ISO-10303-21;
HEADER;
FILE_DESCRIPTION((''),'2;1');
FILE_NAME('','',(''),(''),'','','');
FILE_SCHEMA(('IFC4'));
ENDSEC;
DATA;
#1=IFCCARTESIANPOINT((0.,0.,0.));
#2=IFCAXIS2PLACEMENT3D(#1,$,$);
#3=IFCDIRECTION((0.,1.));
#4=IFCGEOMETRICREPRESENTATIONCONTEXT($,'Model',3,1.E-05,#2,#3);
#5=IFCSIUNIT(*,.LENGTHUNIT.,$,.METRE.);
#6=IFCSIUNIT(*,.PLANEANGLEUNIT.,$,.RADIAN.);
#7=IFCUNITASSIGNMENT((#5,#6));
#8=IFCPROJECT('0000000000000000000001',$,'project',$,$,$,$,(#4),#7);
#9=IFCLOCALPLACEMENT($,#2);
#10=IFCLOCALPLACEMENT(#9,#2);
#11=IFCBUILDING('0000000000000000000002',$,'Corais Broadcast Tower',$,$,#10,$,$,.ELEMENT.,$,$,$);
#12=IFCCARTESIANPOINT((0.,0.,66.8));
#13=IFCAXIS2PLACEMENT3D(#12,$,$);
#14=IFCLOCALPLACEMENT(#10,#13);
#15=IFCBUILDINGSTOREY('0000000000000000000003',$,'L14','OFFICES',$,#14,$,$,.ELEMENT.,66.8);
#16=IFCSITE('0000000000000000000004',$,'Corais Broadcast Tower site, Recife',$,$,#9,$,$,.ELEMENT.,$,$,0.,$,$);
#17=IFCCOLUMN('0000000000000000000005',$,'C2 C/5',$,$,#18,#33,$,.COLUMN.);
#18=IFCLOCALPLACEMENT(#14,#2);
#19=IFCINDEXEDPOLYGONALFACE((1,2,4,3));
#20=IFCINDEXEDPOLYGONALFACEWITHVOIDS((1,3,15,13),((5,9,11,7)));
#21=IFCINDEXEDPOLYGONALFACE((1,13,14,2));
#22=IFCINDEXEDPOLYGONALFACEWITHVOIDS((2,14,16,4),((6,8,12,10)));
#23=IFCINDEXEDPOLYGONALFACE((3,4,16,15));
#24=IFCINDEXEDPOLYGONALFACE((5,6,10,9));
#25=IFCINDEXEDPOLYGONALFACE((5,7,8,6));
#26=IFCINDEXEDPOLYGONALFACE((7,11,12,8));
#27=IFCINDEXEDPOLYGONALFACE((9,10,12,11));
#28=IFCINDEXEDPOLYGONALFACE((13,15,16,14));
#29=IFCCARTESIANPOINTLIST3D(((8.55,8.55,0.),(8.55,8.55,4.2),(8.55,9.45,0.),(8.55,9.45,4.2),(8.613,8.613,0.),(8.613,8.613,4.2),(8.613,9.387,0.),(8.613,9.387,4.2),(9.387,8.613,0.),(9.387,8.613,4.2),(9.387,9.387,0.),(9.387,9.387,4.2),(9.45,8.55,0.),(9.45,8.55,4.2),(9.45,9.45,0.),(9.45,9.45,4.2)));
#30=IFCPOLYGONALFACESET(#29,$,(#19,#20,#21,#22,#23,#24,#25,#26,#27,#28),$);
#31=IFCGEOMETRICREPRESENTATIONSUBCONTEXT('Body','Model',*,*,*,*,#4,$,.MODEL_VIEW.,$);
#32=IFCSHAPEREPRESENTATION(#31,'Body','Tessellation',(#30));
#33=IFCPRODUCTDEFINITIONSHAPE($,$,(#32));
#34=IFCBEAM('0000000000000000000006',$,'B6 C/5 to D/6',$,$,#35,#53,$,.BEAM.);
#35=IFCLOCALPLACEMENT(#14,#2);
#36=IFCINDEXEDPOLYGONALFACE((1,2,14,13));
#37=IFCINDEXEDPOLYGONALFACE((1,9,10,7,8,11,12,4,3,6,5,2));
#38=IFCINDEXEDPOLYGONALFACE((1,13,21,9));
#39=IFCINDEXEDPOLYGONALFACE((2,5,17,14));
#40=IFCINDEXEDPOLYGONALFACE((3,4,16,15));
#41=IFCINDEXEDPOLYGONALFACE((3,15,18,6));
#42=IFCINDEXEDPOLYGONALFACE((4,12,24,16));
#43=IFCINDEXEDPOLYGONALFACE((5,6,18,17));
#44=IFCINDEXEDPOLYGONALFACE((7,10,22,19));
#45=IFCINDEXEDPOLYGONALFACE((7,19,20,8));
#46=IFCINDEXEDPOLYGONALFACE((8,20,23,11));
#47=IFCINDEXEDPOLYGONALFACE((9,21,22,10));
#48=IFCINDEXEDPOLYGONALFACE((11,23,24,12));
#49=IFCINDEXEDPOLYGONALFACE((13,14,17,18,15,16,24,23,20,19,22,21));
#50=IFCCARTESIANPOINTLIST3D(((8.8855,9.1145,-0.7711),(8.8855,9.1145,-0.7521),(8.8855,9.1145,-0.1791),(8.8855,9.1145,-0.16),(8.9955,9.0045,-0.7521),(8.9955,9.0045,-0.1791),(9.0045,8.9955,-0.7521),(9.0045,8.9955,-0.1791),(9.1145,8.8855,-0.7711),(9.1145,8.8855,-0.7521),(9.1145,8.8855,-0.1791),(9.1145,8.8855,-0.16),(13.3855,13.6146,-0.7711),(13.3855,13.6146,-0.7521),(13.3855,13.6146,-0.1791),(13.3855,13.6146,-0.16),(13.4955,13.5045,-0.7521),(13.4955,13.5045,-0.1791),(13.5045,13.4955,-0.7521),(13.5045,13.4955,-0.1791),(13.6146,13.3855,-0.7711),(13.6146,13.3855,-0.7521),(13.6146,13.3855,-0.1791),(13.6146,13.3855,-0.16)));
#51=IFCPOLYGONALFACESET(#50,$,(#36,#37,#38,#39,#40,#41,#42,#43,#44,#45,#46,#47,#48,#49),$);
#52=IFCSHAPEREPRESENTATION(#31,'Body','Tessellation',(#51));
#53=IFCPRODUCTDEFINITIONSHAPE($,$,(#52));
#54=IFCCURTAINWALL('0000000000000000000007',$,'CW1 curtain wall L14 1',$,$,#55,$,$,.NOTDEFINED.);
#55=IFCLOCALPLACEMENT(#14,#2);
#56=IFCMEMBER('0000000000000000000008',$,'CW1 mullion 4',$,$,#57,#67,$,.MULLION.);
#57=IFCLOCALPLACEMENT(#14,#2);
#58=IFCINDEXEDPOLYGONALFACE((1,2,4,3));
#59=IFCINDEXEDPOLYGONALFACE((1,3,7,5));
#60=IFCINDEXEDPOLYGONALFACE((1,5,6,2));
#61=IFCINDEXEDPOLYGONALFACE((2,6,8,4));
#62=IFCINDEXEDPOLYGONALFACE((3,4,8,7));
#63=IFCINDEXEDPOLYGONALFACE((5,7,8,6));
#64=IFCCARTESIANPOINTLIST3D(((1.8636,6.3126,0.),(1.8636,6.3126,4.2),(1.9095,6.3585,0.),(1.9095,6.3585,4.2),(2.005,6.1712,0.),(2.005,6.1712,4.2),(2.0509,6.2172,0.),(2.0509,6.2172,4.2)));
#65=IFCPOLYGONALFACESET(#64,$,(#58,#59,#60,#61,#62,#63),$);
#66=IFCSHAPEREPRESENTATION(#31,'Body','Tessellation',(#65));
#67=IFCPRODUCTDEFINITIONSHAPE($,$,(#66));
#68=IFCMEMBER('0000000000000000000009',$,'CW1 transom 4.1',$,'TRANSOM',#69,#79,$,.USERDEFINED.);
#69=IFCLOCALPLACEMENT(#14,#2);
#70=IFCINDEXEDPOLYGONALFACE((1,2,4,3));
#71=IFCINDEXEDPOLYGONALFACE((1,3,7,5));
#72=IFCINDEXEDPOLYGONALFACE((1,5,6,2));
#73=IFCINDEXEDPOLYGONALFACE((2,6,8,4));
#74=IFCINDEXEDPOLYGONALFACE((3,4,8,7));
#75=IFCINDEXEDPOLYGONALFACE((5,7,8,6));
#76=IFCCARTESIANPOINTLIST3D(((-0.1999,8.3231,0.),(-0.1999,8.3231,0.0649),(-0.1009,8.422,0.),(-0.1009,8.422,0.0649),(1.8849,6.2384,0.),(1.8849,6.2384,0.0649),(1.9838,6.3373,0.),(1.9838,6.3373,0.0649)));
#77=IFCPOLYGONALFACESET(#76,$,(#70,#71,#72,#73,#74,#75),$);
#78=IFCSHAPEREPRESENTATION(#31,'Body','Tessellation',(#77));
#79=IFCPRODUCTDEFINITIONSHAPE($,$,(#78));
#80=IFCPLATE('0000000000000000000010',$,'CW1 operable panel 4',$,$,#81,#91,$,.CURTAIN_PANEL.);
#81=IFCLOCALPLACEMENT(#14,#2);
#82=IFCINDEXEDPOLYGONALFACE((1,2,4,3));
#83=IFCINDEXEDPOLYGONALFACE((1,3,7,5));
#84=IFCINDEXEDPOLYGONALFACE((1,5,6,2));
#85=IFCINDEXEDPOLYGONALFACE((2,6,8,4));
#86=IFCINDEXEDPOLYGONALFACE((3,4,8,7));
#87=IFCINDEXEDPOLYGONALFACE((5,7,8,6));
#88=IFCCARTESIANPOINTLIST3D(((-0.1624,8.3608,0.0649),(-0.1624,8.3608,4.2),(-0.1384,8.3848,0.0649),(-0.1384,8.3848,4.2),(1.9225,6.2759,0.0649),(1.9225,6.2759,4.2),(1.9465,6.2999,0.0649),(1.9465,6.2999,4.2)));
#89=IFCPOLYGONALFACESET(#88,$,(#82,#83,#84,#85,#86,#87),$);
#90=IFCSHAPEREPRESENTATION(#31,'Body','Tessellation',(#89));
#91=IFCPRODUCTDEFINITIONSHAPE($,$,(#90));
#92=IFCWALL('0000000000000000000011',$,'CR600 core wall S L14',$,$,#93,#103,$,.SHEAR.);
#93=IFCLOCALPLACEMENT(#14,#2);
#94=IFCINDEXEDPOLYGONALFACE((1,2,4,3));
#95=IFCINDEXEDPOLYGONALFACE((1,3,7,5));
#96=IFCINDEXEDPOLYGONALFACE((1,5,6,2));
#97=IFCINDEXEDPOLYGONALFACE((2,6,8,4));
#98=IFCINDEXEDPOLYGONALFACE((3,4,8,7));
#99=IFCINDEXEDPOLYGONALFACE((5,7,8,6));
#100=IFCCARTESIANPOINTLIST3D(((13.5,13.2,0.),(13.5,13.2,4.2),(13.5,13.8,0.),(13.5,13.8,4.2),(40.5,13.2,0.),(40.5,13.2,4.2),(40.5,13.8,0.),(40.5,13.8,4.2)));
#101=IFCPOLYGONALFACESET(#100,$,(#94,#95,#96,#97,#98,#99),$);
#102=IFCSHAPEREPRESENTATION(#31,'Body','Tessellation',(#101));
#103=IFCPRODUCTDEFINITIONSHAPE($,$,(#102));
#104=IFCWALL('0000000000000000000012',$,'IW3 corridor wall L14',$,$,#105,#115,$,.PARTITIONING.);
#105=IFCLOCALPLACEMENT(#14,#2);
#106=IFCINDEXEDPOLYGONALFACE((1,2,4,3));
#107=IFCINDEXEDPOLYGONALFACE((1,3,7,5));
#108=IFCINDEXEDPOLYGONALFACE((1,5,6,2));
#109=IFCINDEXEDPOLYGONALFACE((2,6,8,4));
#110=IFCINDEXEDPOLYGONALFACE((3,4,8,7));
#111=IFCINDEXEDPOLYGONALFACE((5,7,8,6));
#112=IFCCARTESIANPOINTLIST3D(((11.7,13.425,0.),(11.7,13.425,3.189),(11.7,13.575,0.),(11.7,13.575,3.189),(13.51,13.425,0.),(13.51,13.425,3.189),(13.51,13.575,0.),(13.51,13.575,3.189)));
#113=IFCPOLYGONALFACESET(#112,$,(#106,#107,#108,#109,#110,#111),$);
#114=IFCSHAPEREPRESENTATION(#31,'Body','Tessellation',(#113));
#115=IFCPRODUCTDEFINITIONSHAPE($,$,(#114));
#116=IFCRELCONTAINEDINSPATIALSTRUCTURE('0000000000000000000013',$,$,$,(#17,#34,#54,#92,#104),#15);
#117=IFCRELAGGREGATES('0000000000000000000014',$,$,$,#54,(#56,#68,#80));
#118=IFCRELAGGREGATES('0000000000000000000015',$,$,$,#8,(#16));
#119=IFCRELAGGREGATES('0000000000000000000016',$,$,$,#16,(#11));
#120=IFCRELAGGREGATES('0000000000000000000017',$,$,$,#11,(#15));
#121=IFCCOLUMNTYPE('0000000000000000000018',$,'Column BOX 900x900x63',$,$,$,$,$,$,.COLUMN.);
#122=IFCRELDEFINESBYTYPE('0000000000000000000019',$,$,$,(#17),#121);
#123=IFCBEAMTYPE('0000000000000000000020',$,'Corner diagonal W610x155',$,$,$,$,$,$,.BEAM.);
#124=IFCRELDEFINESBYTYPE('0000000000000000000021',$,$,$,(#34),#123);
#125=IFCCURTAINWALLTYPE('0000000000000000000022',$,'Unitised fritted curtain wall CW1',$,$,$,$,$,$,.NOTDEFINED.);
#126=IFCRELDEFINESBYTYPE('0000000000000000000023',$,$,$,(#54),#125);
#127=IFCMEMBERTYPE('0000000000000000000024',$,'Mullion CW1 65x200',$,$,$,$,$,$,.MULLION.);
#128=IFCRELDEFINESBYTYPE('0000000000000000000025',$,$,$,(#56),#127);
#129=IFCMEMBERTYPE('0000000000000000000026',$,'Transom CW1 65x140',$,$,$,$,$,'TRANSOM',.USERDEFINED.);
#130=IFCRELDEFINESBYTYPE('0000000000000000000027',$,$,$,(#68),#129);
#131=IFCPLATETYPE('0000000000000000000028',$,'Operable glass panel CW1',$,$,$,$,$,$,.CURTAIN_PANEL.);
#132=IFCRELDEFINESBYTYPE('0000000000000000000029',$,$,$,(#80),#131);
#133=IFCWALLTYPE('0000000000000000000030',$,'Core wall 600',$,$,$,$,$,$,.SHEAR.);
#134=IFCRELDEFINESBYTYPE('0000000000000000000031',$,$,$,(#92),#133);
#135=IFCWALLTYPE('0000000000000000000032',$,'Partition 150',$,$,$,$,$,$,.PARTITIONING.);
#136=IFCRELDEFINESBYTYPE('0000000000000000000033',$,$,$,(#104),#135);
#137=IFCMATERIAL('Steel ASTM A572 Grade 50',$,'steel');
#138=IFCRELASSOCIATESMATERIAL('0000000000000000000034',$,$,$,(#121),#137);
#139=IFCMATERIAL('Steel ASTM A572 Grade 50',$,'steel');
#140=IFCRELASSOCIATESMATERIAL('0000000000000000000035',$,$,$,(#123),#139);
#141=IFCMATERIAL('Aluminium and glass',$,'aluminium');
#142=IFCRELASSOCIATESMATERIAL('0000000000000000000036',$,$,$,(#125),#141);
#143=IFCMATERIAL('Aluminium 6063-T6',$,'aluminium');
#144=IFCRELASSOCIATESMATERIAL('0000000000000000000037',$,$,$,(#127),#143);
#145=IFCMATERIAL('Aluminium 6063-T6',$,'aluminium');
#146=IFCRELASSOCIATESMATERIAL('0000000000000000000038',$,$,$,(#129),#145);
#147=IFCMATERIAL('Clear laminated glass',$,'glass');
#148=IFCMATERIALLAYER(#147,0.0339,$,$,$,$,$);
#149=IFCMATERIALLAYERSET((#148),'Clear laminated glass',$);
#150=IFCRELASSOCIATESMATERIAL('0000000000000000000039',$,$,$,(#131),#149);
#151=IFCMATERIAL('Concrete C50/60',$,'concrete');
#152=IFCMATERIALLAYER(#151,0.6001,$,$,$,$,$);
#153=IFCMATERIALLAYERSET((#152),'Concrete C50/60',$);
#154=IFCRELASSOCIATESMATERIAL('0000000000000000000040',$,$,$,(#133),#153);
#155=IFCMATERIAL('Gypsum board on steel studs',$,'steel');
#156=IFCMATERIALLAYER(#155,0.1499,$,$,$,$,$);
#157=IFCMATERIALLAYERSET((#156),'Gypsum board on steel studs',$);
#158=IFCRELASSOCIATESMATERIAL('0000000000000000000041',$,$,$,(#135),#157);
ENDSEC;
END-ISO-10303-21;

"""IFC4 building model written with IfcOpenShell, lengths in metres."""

from ifc_helpers import new_model, si_unit, direction, frame, frame_2d, origin, origin_2d, place, context, subcontext, project, spatial, rectangle, hollow_rectangle, i_section, extrude, material, layer, layer_set, material_profile, profile_set, type_object, element, aggregate, save


model = new_model("IFC4")

# Units and contexts
model_context = context("Model", 3, precision=1e-05, world=origin(), true_north=direction((0.0, 1.0)))
body_context = subcontext(model_context, "Body", "Model", "MODEL_VIEW")
ifc_project = project(units=[si_unit("LENGTHUNIT", "METRE"), si_unit("PLANEANGLEUNIT", "RADIAN")], contexts=[model_context])

# Site, building, storey
site_placement = place(None, origin())
site = spatial("IfcSite", under=ifc_project, at=site_placement, Name="Corais Broadcast Tower site, Recife", CompositionType="ELEMENT", RefElevation=0.0)
building_placement = place(site_placement, origin())
building = spatial("IfcBuilding", under=site, at=building_placement, Name="Corais Broadcast Tower", CompositionType="ELEMENT")
storey_placement = place(building_placement, frame((0.0, 0.0, 66.8)))
storey = spatial("IfcBuildingStorey", under=building, at=storey_placement, Name="L14", Description="OFFICES", CompositionType="ELEMENT", Elevation=66.8)

# Column
ifc_material_1 = material(Name="Steel ASTM A572 Grade 50", Category="steel")
ifc_material_profile_1 = material_profile(ifc_material_1, hollow_rectangle(XDim=0.8999, YDim=0.8999, WallThickness=0.063, at=origin_2d()), Name="BOX 900x900x63")
ifc_profile_set_1 = profile_set([ifc_material_profile_1], Name="Steel ASTM A572 Grade 50")
column_type = type_object("IfcColumnType", Name="Column BOX 900x900x63", PredefinedType="COLUMN", material=ifc_profile_set_1)
column_placement = place(storey_placement, frame((9.0, 9.0, 0.0), z_axis=(0.0, 0.0, 1.0), x_axis=(1.0, 0.0, 0.0)))
element("IfcColumn", 1, at=column_placement, inside=storey, type_object=column_type, Name="C2 C/5", PredefinedType="COLUMN", context=body_context, shape_type="SweptSolid", body=[
    extrude(hollow_rectangle(XDim=0.8999, YDim=0.8999, WallThickness=0.063, at=origin_2d()), origin(), (0.0, 0.0, 1.0), 4.2),
])

# Beam
ifc_material_2 = material(Name="Steel ASTM A572 Grade 50", Category="steel")
ifc_material_profile_2 = material_profile(ifc_material_2, i_section(OverallWidth=0.324, OverallDepth=0.6111, WebThickness=0.0127, FlangeThickness=0.019, at=origin_2d()), Name="W610x155")
ifc_profile_set_2 = profile_set([ifc_material_profile_2], Name="Steel ASTM A572 Grade 50")
beam_type = type_object("IfcBeamType", Name="Corner diagonal W610x155", PredefinedType="BEAM", material=ifc_profile_set_2)
beam_placement = place(storey_placement, frame((9.0, 9.0, -0.4656), z_axis=(0.707107, 0.707107, 0.0), x_axis=(-0.707107, 0.707107, 0.0)))
element("IfcBeam", 2, at=beam_placement, inside=storey, type_object=beam_type, Name="B6 C/5 to D/6", PredefinedType="BEAM", context=body_context, shape_type="SweptSolid", body=[
    extrude(i_section(OverallWidth=0.324, OverallDepth=0.6111, WebThickness=0.0127, FlangeThickness=0.019, at=origin_2d()), origin(), (0.0, 0.0, 1.0), 6.364),
])

# Curtain wall, members, plate
ifc_material_3 = material(Name="Aluminium and glass", Category="aluminium")
curtain_wall_type = type_object("IfcCurtainWallType", Name="Unitised fritted curtain wall CW1", PredefinedType="NOTDEFINED", material=ifc_material_3)
curtain_wall_placement = place(storey_placement, origin())
curtain_wall = element("IfcCurtainWall", 3, at=curtain_wall_placement, inside=storey, type_object=curtain_wall_type, Name="CW1 curtain wall L14 1", PredefinedType="NOTDEFINED")
ifc_material_4 = material(Name="Aluminium 6063-T6", Category="aluminium")
ifc_material_profile_3 = material_profile(ifc_material_4, rectangle(XDim=0.0649, YDim=0.2, at=origin_2d()), Name="Mullion CW1 65x200")
ifc_profile_set_3 = profile_set([ifc_material_profile_3], Name="Aluminium 6063-T6")
member_type_1 = type_object("IfcMemberType", Name="Mullion CW1 65x200", PredefinedType="MULLION", material=ifc_profile_set_3)
member_1_placement = place(storey_placement, frame((1.9573, 6.2649, 0.0), z_axis=(0.0, 0.0, 1.0), x_axis=(-0.707107, -0.707107, 0.0)))
member_1 = element("IfcMember", 4, at=member_1_placement, type_object=member_type_1, Name="CW1 mullion 4", PredefinedType="MULLION", context=body_context, shape_type="SweptSolid", body=[
    extrude(rectangle(XDim=0.0649, YDim=0.2, at=origin_2d()), origin(), (0.0, 0.0, 1.0), 4.2),
])
ifc_material_5 = material(Name="Aluminium 6063-T6", Category="aluminium")
ifc_material_profile_4 = material_profile(ifc_material_5, rectangle(XDim=0.1399, YDim=0.0649, at=origin_2d()), Name="Transom CW1 65x140")
ifc_profile_set_4 = profile_set([ifc_material_profile_4], Name="Aluminium 6063-T6")
member_type_2 = type_object("IfcMemberType", Name="Transom CW1 65x140", ElementType="TRANSOM", PredefinedType="USERDEFINED", material=ifc_profile_set_4)
member_2_placement = place(storey_placement, frame((1.9343, 6.2878, 0.0325), z_axis=(-0.707107, 0.707107, 0.0), x_axis=(-0.707107, -0.707107, 0.0)))
member_2 = element("IfcMember", 5, at=member_2_placement, type_object=member_type_2, Name="CW1 transom 4.1", ObjectType="TRANSOM", PredefinedType="USERDEFINED", context=body_context, shape_type="SweptSolid", body=[
    extrude(rectangle(XDim=0.1399, YDim=0.0649, at=origin_2d()), origin(), (0.0, 0.0, 1.0), 2.9482),
])
ifc_material_6 = material(Name="Clear laminated glass", Category="glass")
ifc_layer_1 = layer(ifc_material_6, 0.0339)
ifc_layer_set_1 = layer_set([ifc_layer_1], Name="Clear laminated glass")
plate_type = type_object("IfcPlateType", Name="Operable glass panel CW1", PredefinedType="CURTAIN_PANEL", material=ifc_layer_set_1)
plate_placement = place(storey_placement, frame((0.8921, 7.3303, 0.0649), z_axis=(0.0, 0.0, 1.0), x_axis=(-0.707107, 0.707107, 0.0)))
plate = element("IfcPlate", 6, at=plate_placement, type_object=plate_type, Name="CW1 operable panel 4", PredefinedType="CURTAIN_PANEL", context=body_context, shape_type="SweptSolid", body=[
    extrude(rectangle(XDim=2.9485, YDim=0.0339, at=origin_2d()), origin(), (0.0, 0.0, 1.0), 4.135),
])
aggregate(curtain_wall, [member_1, member_2, plate])

# Walls
ifc_material_7 = material(Name="Concrete C50/60", Category="concrete")
ifc_layer_2 = layer(ifc_material_7, 0.6001)
ifc_layer_set_2 = layer_set([ifc_layer_2], Name="Concrete C50/60")
wall_type_1 = type_object("IfcWallType", Name="Core wall 600", PredefinedType="SHEAR", material=ifc_layer_set_2)
wall_1_placement = place(storey_placement, frame((13.5, 13.5, 0.0), z_axis=(0.0, 0.0, 1.0), x_axis=(1.0, 0.0, 0.0)))
element("IfcWall", 7, at=wall_1_placement, inside=storey, type_object=wall_type_1, Name="CR600 core wall S L14", PredefinedType="SHEAR", context=body_context, shape_type="SweptSolid", body=[
    extrude(rectangle(XDim=27.0, YDim=0.6001, at=frame_2d((13.5, 0.0))), origin(), (0.0, 0.0, 1.0), 4.2),
])
ifc_material_8 = material(Name="Gypsum board on steel studs", Category="steel")
ifc_layer_3 = layer(ifc_material_8, 0.1499)
ifc_layer_set_3 = layer_set([ifc_layer_3], Name="Gypsum board on steel studs")
wall_type_2 = type_object("IfcWallType", Name="Partition 150", PredefinedType="PARTITIONING", material=ifc_layer_set_3)
wall_2_placement = place(storey_placement, frame((11.7, 13.5, 0.0), z_axis=(0.0, 0.0, 1.0), x_axis=(1.0, 0.0, 0.0)))
element("IfcWall", 8, at=wall_2_placement, inside=storey, type_object=wall_type_2, Name="IW3 corridor wall L14", PredefinedType="PARTITIONING", context=body_context, shape_type="SweptSolid", body=[
    extrude(rectangle(XDim=1.8101, YDim=0.1499, at=frame_2d((0.905, 0.0))), origin(), (0.0, 0.0, 1.0), 3.189),
])

save(model, "model.ifc")
